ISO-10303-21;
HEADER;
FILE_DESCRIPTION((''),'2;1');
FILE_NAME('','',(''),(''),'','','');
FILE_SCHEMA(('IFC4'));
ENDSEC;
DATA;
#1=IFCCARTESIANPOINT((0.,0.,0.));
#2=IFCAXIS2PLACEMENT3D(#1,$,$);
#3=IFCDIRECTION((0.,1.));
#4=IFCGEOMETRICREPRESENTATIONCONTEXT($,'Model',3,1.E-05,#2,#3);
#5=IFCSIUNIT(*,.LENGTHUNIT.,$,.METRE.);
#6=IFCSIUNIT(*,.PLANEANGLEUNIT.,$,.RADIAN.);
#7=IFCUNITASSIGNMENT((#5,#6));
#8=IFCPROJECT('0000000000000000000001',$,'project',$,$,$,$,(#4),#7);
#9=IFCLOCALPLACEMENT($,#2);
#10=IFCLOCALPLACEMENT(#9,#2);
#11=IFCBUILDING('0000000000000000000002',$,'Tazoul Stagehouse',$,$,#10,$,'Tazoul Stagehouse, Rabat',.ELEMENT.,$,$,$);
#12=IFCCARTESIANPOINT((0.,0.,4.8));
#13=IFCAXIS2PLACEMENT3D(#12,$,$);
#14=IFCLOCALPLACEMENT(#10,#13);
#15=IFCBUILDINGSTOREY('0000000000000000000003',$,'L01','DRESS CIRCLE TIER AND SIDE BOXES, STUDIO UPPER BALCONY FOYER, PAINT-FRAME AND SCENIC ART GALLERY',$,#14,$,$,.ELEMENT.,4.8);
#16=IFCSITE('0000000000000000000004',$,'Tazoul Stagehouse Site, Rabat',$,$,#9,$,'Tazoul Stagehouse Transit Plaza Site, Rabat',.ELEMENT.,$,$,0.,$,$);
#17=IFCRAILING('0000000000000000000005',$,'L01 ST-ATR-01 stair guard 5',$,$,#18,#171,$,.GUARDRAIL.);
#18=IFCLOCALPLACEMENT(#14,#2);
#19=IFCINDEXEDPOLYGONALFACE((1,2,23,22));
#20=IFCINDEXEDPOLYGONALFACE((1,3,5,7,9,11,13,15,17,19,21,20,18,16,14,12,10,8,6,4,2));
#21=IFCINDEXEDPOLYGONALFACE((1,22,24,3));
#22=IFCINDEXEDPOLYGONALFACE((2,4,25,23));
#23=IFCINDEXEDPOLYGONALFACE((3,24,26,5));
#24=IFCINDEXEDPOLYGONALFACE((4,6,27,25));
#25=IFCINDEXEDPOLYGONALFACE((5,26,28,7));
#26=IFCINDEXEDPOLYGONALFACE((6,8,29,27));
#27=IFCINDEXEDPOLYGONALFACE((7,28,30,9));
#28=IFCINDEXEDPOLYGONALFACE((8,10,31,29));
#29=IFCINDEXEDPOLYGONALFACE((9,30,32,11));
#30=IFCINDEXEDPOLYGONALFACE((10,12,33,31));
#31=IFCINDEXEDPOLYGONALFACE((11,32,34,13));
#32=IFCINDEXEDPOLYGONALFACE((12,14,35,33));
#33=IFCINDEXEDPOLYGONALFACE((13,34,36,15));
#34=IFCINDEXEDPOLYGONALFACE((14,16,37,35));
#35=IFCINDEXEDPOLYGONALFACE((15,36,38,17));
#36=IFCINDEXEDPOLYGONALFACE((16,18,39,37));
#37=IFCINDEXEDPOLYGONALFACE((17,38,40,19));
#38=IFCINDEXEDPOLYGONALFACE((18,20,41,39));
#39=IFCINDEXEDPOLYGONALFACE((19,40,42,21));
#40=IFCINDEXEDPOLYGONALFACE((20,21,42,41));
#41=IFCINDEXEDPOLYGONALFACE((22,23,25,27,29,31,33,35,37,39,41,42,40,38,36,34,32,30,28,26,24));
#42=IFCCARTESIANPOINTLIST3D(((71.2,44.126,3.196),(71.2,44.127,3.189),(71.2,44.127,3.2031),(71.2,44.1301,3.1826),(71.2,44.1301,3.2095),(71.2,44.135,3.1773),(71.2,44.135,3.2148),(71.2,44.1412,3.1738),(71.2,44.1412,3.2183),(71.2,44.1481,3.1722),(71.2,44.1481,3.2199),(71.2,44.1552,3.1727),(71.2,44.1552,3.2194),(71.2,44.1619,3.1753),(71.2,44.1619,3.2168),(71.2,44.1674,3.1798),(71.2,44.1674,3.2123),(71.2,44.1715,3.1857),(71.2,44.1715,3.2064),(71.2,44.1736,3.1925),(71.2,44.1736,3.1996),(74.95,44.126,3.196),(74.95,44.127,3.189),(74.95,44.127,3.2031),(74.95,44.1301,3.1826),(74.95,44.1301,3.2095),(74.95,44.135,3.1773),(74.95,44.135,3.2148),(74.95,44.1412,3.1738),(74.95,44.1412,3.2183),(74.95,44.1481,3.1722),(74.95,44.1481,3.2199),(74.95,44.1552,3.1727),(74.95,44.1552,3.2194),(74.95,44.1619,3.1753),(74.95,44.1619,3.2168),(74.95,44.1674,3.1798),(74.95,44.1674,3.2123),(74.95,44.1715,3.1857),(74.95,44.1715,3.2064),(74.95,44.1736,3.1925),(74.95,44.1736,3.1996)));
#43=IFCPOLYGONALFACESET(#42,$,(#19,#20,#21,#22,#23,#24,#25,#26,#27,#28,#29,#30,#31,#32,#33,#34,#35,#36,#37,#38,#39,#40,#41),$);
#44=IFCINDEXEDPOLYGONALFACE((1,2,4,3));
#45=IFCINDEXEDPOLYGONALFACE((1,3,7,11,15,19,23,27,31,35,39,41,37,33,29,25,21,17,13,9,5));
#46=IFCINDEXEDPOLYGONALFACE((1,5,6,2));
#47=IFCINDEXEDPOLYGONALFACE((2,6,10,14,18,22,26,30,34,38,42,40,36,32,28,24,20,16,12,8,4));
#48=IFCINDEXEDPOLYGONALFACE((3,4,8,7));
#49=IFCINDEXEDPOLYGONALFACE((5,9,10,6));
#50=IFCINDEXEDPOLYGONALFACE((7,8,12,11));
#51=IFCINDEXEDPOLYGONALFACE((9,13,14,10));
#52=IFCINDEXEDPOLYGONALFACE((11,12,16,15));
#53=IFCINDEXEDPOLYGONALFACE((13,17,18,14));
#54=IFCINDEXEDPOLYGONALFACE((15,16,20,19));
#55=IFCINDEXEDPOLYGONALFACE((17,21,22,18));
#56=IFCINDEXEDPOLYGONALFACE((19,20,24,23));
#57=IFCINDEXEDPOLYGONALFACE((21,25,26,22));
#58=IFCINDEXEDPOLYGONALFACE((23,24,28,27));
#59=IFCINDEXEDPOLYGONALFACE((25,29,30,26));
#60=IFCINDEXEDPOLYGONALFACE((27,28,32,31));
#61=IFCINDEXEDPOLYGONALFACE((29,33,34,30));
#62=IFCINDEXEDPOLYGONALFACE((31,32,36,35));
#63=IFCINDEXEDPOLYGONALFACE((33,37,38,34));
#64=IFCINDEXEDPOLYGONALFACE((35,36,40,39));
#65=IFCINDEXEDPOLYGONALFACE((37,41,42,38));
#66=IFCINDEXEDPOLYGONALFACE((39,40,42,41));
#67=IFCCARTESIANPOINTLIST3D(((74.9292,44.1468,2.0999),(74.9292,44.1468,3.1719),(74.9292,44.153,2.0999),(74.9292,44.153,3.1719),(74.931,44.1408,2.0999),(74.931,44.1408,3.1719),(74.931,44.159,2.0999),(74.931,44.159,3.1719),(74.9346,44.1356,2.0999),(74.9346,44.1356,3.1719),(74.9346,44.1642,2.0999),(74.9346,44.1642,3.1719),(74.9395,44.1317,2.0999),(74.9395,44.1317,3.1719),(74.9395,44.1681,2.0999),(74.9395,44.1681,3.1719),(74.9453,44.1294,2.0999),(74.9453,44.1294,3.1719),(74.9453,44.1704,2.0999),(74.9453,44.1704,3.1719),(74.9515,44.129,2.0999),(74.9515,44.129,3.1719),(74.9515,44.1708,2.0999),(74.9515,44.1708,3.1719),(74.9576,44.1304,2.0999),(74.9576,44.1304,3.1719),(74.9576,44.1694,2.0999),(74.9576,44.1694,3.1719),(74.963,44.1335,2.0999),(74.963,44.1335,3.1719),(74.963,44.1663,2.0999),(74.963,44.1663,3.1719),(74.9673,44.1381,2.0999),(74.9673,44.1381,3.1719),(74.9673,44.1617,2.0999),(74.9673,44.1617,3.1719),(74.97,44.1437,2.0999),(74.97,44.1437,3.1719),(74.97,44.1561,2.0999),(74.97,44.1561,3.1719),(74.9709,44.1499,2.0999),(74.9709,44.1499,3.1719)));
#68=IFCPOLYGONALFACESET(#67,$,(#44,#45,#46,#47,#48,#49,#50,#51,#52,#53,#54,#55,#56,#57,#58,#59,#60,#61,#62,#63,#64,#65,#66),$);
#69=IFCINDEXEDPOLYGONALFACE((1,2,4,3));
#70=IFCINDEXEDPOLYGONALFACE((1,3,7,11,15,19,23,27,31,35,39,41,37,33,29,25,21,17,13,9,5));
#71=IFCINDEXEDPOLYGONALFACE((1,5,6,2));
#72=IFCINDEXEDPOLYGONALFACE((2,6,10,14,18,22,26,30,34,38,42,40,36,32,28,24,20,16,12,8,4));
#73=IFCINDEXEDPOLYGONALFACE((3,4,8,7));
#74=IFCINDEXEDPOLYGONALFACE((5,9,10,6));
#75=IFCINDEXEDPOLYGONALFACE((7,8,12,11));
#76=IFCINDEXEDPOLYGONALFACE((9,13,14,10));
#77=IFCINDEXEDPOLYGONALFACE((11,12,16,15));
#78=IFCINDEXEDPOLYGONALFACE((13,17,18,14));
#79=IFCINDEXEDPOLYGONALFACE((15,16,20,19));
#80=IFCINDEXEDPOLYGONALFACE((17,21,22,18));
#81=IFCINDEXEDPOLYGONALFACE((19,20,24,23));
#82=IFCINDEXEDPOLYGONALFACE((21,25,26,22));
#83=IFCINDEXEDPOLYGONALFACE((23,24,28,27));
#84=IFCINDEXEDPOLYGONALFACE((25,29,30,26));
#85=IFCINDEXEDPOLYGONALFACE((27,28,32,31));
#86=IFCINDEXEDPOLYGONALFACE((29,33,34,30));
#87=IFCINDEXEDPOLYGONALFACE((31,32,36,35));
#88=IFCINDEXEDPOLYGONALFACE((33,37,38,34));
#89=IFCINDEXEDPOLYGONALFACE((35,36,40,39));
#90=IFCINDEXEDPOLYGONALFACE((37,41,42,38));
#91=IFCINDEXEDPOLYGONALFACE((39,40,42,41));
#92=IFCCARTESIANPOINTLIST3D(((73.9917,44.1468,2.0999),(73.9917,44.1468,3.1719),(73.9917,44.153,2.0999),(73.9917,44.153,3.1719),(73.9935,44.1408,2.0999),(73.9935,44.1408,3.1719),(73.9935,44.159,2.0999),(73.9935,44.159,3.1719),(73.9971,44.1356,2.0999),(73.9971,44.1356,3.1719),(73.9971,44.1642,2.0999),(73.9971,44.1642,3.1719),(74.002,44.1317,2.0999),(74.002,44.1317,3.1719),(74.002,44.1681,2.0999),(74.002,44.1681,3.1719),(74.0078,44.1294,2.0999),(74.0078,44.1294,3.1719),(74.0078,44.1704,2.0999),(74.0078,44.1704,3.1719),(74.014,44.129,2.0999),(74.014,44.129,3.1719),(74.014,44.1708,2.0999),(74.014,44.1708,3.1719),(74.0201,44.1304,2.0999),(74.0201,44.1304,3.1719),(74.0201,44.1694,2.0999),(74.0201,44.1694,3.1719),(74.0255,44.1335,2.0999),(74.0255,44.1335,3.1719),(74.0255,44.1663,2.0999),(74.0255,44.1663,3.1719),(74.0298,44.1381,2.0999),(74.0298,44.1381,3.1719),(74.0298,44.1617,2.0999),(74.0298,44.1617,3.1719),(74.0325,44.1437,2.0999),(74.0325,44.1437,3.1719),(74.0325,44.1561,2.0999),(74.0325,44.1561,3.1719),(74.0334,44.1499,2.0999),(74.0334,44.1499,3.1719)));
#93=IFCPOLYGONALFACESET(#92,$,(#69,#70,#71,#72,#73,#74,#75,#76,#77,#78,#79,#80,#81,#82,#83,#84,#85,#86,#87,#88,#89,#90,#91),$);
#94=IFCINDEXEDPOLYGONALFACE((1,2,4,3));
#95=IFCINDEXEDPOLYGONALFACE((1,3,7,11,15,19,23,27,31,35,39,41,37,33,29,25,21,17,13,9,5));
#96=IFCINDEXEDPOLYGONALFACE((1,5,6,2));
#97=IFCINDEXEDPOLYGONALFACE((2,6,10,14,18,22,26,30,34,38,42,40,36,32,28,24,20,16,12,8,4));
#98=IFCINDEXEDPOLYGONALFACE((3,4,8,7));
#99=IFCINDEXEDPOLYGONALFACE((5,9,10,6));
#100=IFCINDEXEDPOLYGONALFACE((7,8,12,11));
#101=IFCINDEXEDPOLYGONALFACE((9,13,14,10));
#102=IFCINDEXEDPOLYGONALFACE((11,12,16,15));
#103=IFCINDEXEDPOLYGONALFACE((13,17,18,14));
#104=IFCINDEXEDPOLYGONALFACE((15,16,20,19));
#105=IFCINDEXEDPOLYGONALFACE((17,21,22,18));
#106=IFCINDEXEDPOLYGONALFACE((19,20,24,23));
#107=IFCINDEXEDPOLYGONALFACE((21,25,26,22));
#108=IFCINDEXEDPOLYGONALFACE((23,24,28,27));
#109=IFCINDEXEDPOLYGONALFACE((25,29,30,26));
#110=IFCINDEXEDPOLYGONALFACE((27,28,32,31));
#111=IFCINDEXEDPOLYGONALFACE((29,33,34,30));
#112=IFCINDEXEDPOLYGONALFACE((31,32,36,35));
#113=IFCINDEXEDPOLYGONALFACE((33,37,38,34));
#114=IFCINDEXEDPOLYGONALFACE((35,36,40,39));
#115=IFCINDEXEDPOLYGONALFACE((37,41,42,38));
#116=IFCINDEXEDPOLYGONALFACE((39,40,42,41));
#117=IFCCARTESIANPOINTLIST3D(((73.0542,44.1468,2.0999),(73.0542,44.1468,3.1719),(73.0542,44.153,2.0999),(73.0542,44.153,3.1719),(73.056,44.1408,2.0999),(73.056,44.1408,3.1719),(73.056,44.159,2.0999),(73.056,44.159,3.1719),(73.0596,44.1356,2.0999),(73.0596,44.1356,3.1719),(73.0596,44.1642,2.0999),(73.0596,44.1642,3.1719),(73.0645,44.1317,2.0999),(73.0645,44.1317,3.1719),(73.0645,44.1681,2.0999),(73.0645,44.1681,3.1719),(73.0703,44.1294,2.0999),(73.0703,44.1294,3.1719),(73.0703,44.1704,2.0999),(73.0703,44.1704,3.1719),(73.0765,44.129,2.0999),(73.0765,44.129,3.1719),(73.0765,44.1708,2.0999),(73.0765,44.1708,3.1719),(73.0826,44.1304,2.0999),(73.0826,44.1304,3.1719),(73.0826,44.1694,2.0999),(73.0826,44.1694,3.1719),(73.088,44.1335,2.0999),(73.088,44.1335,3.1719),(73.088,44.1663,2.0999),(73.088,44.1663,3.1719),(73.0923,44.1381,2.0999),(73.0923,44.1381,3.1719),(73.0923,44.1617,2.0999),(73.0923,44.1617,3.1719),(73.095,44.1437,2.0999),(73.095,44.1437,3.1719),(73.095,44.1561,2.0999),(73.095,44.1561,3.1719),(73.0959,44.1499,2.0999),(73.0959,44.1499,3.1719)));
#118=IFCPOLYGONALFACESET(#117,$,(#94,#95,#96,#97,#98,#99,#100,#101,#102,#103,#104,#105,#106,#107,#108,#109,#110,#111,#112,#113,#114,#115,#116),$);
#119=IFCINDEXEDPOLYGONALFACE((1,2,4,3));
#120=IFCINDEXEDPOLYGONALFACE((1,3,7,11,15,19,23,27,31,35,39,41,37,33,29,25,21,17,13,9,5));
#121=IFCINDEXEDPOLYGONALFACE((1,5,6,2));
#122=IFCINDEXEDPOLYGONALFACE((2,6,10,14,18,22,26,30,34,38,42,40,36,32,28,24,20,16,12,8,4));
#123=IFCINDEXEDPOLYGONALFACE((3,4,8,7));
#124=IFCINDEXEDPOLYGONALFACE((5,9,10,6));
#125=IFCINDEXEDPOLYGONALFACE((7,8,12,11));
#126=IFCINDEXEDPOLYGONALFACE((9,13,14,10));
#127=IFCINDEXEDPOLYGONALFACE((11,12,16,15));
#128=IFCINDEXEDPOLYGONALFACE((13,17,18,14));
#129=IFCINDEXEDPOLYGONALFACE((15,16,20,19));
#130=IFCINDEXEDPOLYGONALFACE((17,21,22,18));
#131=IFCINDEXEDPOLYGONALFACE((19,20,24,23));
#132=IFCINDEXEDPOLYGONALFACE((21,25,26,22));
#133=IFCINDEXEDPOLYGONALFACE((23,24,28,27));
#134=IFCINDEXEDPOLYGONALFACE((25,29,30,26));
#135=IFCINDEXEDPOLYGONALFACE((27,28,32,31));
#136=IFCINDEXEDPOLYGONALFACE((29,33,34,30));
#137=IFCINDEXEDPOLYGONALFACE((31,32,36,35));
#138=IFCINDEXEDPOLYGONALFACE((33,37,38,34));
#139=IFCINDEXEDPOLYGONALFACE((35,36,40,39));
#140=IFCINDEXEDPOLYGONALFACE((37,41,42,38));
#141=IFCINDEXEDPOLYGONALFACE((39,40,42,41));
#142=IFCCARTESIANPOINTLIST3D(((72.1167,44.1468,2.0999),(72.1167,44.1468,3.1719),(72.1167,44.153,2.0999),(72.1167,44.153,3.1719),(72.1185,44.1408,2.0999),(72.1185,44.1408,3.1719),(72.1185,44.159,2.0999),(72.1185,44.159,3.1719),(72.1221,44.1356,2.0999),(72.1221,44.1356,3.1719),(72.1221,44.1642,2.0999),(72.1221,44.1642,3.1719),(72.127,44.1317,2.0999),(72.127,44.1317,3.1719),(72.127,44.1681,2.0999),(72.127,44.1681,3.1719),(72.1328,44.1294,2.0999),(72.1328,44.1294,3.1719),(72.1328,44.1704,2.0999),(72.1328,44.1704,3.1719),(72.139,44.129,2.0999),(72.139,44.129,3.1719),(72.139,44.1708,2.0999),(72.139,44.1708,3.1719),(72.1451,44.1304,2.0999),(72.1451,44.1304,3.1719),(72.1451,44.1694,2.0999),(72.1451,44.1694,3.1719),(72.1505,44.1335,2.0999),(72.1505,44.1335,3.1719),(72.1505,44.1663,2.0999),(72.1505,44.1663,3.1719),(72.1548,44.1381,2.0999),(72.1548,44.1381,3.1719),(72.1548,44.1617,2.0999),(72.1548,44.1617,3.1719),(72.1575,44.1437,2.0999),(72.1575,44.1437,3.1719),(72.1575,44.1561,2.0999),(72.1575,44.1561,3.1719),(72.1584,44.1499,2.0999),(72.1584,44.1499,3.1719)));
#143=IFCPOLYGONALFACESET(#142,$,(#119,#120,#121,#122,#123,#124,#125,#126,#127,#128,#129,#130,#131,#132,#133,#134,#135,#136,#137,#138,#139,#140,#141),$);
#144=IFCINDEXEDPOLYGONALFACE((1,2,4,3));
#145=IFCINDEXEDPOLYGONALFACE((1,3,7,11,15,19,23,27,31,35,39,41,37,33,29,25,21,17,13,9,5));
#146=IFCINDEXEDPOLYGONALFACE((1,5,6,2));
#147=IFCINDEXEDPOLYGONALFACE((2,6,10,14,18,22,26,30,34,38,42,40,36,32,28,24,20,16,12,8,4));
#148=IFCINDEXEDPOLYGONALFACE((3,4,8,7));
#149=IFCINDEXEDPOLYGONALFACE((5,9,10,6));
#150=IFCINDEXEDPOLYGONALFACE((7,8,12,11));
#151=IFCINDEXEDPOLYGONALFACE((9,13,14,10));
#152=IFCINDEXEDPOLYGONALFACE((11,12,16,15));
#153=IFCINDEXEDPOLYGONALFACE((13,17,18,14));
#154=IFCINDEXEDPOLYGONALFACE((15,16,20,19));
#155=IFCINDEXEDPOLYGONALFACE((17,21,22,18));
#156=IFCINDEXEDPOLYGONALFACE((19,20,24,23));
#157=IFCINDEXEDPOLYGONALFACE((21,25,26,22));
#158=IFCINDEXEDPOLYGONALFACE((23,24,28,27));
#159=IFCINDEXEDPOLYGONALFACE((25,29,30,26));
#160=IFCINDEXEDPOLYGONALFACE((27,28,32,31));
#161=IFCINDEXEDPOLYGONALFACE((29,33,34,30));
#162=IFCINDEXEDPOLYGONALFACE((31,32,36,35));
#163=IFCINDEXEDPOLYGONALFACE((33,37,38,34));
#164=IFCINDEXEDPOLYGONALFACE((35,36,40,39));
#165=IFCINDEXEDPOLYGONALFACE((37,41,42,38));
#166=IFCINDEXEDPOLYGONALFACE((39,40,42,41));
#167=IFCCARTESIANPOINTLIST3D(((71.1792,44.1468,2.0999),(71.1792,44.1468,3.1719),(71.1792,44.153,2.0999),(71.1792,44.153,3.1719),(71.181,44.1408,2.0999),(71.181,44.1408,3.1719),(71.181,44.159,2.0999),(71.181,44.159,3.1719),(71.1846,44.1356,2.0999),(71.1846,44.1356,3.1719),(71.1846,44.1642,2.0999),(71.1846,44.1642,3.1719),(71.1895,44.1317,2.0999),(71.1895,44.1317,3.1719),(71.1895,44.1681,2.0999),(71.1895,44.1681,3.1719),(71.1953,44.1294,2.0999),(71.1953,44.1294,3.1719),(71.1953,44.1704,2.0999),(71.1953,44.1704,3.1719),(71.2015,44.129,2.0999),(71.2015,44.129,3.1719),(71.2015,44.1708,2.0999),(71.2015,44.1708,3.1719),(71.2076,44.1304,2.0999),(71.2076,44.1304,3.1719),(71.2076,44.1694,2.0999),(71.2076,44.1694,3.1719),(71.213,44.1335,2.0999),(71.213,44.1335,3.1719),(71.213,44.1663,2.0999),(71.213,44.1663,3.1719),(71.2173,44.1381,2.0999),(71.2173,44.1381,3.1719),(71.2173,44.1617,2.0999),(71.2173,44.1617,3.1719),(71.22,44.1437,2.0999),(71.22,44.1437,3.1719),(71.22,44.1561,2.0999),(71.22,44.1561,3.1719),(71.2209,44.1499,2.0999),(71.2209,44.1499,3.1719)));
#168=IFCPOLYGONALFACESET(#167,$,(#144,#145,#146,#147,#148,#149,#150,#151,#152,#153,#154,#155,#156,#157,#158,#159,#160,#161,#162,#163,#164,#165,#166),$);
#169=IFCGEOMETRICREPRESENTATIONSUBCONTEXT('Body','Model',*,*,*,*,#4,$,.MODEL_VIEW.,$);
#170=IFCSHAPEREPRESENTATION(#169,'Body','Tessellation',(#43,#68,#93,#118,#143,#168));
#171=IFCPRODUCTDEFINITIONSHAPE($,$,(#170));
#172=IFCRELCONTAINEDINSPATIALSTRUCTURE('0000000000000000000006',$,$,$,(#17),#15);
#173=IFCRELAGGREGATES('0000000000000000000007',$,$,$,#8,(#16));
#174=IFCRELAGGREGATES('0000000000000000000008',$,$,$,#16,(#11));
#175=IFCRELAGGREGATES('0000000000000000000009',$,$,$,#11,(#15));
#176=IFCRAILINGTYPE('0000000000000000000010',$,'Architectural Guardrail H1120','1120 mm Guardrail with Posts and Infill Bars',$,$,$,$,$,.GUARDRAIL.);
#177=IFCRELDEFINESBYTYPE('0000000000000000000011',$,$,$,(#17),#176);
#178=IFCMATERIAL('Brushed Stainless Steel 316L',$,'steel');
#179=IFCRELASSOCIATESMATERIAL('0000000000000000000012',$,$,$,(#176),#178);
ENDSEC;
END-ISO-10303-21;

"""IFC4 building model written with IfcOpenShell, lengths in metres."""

from ifc_helpers import new_model, si_unit, direction, frame, origin, origin_2d, place, context, subcontext, project, spatial, circle, extrude, material, material_profile, profile_set, type_object, element, save


model = new_model("IFC4")

# Units and contexts
model_context = context("Model", 3, precision=1e-05, world=origin(), true_north=direction((0.0, 1.0)))
body_context = subcontext(model_context, "Body", "Model", "MODEL_VIEW")
ifc_project = project(units=[si_unit("LENGTHUNIT", "METRE"), si_unit("PLANEANGLEUNIT", "RADIAN")], contexts=[model_context])

# Site, building, storey
site_placement = place(None, origin())
site = spatial("IfcSite", under=ifc_project, at=site_placement, Name="Tazoul Stagehouse Site, Rabat", LongName="Tazoul Stagehouse Transit Plaza Site, Rabat", CompositionType="ELEMENT", RefElevation=0.0)
building_placement = place(site_placement, origin())
building = spatial("IfcBuilding", under=site, at=building_placement, Name="Tazoul Stagehouse", LongName="Tazoul Stagehouse, Rabat", CompositionType="ELEMENT")
storey_placement = place(building_placement, frame((0.0, 0.0, 4.8)))
storey = spatial("IfcBuildingStorey", under=building, at=storey_placement, Name="L01", Description="DRESS CIRCLE TIER AND SIDE BOXES, STUDIO UPPER BALCONY FOYER, PAINT-FRAME AND SCENIC ART GALLERY", CompositionType="ELEMENT", Elevation=4.8)

# Railing
ifc_material_1 = material(Name="Brushed Stainless Steel 316L", Category="steel")
ifc_material_profile_1 = material_profile(ifc_material_1, circle(Radius=0.0239, at=origin_2d()), Name="SS RAIL D48")
ifc_profile_set_1 = profile_set([ifc_material_profile_1], Name="Brushed Stainless Steel 316L")
railing_type_1 = type_object("IfcRailingType", Name="Architectural Guardrail H1120", Description="1120 mm Guardrail with Posts and Infill Bars", PredefinedType="GUARDRAIL", material=ifc_profile_set_1)
railing_1_placement = place(storey_placement, frame((74.95, 44.1499, 2.0999)))
element("IfcRailing", 1, at=railing_1_placement, inside=storey, type_object=railing_type_1, Name="L01 ST-ATR-01 stair guard 5", PredefinedType="GUARDRAIL", context=body_context, shape_type="SweptSolid", body=[
    extrude(circle(Radius=0.0239, at=origin_2d()), frame((0.0, 0.0, 1.0962), z_axis=(-1.0, 0.0, 0.0), x_axis=(0.0, -1.0, 0.0)), (0.0, 0.0, 1.0), 3.75),
    extrude(circle(Radius=0.021, at=origin_2d()), origin(), (0.0, 0.0, 1.0), 1.072),
    extrude(circle(Radius=0.021, at=origin_2d()), frame((-0.9375, 0.0, 0.0)), (0.0, 0.0, 1.0), 1.072),
    extrude(circle(Radius=0.021, at=origin_2d()), frame((-1.875, 0.0, 0.0)), (0.0, 0.0, 1.0), 1.072),
    extrude(circle(Radius=0.021, at=origin_2d()), frame((-2.8125, 0.0, 0.0)), (0.0, 0.0, 1.0), 1.072),
    extrude(circle(Radius=0.021, at=origin_2d()), frame((-3.75, 0.0, 0.0)), (0.0, 0.0, 1.0), 1.072),
])

save(model, "model.ifc")
